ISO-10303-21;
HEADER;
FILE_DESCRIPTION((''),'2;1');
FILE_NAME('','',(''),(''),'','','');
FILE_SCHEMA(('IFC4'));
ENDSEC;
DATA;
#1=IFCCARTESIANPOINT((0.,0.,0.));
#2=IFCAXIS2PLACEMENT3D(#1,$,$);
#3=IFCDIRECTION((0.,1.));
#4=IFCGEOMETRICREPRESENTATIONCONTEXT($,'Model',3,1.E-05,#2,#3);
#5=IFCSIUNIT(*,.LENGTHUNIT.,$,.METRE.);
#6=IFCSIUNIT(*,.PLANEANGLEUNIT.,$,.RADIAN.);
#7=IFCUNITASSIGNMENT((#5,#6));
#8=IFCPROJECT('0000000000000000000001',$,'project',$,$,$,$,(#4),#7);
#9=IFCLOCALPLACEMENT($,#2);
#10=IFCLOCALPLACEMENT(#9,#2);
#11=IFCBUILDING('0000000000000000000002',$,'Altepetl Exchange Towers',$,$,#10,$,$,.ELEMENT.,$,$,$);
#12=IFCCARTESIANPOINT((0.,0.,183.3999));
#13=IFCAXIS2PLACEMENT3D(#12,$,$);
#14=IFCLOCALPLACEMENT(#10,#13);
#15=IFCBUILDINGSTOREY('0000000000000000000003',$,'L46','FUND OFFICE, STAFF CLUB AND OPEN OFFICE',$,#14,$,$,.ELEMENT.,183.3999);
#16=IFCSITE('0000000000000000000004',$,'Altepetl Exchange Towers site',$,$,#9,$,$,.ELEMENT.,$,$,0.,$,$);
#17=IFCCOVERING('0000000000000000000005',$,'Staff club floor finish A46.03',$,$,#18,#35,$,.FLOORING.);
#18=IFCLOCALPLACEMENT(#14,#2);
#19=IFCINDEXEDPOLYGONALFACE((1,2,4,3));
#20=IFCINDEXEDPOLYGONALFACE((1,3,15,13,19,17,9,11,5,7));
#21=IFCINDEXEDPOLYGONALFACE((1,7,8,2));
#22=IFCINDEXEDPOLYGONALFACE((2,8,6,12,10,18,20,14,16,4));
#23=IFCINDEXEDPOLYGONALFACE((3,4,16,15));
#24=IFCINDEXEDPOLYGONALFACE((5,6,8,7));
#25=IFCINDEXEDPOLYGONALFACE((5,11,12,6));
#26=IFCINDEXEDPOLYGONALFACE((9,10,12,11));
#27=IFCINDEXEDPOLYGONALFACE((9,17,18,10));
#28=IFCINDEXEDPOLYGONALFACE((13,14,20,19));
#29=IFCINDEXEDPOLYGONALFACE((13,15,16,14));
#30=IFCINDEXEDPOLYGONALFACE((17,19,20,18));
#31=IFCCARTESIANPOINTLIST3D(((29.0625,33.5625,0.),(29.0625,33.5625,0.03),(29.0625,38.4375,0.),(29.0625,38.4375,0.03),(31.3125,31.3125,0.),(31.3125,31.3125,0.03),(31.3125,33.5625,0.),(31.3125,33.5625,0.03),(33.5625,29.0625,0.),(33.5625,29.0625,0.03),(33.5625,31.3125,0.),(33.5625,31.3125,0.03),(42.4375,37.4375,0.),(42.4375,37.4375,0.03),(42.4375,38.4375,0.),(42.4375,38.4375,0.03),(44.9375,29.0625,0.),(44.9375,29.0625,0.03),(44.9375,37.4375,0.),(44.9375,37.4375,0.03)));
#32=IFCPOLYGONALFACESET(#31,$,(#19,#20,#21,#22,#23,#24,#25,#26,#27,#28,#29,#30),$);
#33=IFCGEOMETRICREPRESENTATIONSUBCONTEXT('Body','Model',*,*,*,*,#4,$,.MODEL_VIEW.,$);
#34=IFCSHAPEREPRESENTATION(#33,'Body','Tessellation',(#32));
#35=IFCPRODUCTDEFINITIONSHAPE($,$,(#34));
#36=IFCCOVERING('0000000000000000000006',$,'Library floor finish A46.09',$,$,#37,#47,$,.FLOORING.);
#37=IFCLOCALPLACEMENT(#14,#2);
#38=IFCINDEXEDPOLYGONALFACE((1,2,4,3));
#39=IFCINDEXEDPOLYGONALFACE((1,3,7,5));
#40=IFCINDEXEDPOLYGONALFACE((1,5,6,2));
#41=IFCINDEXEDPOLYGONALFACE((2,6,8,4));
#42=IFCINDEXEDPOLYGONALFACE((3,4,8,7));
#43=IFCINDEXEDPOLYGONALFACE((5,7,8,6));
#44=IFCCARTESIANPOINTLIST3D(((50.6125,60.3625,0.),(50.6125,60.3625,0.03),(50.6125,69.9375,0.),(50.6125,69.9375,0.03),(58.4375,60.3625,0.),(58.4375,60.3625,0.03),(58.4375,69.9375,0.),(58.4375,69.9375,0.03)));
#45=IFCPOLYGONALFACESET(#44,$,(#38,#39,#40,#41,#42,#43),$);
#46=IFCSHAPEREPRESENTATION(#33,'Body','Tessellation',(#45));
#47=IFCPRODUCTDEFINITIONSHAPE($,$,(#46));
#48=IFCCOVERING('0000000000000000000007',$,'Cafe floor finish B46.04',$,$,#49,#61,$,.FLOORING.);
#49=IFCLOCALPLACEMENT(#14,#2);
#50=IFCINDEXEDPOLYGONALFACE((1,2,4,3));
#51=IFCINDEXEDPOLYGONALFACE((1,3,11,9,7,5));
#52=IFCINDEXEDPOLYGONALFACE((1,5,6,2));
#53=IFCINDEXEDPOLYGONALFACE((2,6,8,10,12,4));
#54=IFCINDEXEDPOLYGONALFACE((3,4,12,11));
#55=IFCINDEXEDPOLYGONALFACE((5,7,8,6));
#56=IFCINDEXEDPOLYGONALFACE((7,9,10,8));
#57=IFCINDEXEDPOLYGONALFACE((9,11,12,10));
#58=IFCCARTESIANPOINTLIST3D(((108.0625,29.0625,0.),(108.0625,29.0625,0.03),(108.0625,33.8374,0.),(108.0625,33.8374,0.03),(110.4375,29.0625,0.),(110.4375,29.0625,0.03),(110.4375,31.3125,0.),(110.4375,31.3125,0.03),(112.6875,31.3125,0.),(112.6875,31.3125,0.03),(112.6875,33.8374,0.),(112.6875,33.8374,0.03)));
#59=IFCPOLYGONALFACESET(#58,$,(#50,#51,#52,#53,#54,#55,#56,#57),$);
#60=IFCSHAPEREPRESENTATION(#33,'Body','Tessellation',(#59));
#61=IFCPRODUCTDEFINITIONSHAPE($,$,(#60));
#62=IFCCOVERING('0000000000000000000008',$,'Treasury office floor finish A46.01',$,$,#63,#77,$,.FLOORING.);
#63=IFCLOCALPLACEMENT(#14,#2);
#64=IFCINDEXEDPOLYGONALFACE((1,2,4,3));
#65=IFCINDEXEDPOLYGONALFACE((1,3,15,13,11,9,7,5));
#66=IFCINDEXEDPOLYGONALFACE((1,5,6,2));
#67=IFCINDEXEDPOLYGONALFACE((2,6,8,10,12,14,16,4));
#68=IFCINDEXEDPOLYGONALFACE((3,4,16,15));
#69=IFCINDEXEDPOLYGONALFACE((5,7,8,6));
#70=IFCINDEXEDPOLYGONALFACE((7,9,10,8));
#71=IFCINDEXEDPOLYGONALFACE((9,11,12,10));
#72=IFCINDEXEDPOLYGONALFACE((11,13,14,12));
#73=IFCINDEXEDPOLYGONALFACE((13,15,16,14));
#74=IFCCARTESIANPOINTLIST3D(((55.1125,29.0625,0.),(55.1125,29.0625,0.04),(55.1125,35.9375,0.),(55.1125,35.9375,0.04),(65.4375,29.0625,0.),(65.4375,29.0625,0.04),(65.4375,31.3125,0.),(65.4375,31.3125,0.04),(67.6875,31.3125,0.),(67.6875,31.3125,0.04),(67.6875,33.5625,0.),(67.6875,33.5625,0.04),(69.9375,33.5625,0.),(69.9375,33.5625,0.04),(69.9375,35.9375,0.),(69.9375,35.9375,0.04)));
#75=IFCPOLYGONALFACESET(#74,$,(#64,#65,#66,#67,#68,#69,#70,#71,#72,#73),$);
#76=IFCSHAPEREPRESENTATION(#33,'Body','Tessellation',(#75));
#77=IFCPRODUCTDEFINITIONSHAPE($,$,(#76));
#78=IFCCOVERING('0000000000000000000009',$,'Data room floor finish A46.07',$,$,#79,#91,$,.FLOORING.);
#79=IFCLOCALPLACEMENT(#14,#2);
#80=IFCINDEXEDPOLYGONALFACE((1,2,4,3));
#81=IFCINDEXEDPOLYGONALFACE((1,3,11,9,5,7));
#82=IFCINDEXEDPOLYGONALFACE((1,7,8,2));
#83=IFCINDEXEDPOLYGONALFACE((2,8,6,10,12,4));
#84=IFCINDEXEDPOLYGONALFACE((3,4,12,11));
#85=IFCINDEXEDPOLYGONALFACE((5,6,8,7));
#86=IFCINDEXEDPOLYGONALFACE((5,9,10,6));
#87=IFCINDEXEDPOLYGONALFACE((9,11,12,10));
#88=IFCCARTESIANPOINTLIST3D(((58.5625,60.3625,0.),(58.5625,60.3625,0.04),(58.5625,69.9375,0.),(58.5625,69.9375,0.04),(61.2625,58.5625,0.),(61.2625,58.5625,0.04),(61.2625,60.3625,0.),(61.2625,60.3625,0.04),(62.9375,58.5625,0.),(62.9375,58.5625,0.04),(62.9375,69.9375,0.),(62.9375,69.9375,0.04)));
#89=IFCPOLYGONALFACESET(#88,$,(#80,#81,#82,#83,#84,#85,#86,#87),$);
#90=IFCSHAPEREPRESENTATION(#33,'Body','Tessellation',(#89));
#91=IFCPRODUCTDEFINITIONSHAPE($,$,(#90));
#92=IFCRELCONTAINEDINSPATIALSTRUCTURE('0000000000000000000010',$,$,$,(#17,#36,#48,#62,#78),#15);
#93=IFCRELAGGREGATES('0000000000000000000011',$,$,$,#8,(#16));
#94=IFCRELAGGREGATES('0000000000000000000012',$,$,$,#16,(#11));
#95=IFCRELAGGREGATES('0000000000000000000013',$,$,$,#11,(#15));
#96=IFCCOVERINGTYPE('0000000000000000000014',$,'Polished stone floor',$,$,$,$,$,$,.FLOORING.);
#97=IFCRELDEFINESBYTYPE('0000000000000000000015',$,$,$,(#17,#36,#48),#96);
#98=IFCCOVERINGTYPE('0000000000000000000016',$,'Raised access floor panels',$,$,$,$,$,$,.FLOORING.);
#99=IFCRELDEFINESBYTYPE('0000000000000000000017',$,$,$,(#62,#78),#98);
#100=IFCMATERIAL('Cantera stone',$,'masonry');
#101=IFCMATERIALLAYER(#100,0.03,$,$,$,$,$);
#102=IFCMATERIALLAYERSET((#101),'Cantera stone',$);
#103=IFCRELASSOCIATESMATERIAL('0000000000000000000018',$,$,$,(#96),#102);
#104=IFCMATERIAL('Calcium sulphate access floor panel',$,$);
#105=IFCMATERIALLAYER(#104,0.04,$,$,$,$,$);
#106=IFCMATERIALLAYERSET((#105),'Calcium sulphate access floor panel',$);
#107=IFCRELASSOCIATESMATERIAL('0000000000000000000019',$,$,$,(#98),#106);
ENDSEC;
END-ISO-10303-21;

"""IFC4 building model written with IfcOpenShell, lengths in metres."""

from ifc_helpers import new_model, si_unit, direction, frame, origin, place, context, subcontext, project, spatial, polyline, outline, extrude, material, layer, layer_set, type_object, element, save


model = new_model("IFC4")

# Units and contexts
model_context = context("Model", 3, precision=1e-05, world=origin(), true_north=direction((0.0, 1.0)))
body_context = subcontext(model_context, "Body", "Model", "MODEL_VIEW")
ifc_project = project(units=[si_unit("LENGTHUNIT", "METRE"), si_unit("PLANEANGLEUNIT", "RADIAN")], contexts=[model_context])

# Site, building, storey
site_placement = place(None, origin())
site = spatial("IfcSite", under=ifc_project, at=site_placement, Name="Altepetl Exchange Towers site", CompositionType="ELEMENT", RefElevation=0.0)
building_placement = place(site_placement, origin())
building = spatial("IfcBuilding", under=site, at=building_placement, Name="Altepetl Exchange Towers", CompositionType="ELEMENT")
storey_placement = place(building_placement, frame((0.0, 0.0, 183.3999)))
storey = spatial("IfcBuildingStorey", under=building, at=storey_placement, Name="L46", Description="FUND OFFICE, STAFF CLUB AND OPEN OFFICE", CompositionType="ELEMENT", Elevation=183.3999)

# Coverings
ifc_material_1 = material(Name="Cantera stone", Category="masonry")
ifc_layer_1 = layer(ifc_material_1, 0.03)
ifc_layer_set_1 = layer_set([ifc_layer_1], Name="Cantera stone")
covering_type_1 = type_object("IfcCoveringType", Name="Polished stone floor", PredefinedType="FLOORING", material=ifc_layer_set_1)
covering_1_placement = place(storey_placement, origin())
element("IfcCovering", 1, at=covering_1_placement, inside=storey, type_object=covering_type_1, Name="Staff club floor finish A46.03", PredefinedType="FLOORING", context=body_context, shape_type="SweptSolid", body=[
    extrude(outline(polyline([(44.9375, 37.4375), (42.4375, 37.4375), (42.4375, 38.4375), (29.0625, 38.4375), (29.0625, 33.5625), (31.3125, 33.5625), (31.3125, 31.3125), (33.5625, 31.3125), (33.5625, 29.0625), (44.9375, 29.0625), (44.9375, 37.4375)])), origin(), (0.0, 0.0, 1.0), 0.03),
])
covering_2_placement = place(storey_placement, origin())
element("IfcCovering", 2, at=covering_2_placement, inside=storey, type_object=covering_type_1, Name="Library floor finish A46.09", PredefinedType="FLOORING", context=body_context, shape_type="SweptSolid", body=[
    extrude(outline(polyline([(58.4375, 60.3625), (58.4375, 69.9375), (50.6125, 69.9375), (50.6125, 60.3625), (58.4375, 60.3625)])), origin(), (0.0, 0.0, 1.0), 0.03),
])
covering_3_placement = place(storey_placement, origin())
element("IfcCovering", 3, at=covering_3_placement, inside=storey, type_object=covering_type_1, Name="Cafe floor finish B46.04", PredefinedType="FLOORING", context=body_context, shape_type="SweptSolid", body=[
    extrude(outline(polyline([(108.0625, 33.8374), (108.0625, 29.0625), (110.4375, 29.0625), (110.4375, 31.3125), (112.6875, 31.3125), (112.6875, 33.8374), (108.0625, 33.8374)])), origin(), (0.0, 0.0, 1.0), 0.03),
])
ifc_material_2 = material(Name="Calcium sulphate access floor panel")
ifc_layer_2 = layer(ifc_material_2, 0.04)
ifc_layer_set_2 = layer_set([ifc_layer_2], Name="Calcium sulphate access floor panel")
covering_type_2 = type_object("IfcCoveringType", Name="Raised access floor panels", PredefinedType="FLOORING", material=ifc_layer_set_2)
covering_4_placement = place(storey_placement, origin())
element("IfcCovering", 4, at=covering_4_placement, inside=storey, type_object=covering_type_2, Name="Treasury office floor finish A46.01", PredefinedType="FLOORING", context=body_context, shape_type="SweptSolid", body=[
    extrude(outline(polyline([(67.6875, 31.3125), (67.6875, 33.5625), (69.9375, 33.5625), (69.9375, 35.9375), (55.1125, 35.9375), (55.1125, 29.0625), (65.4375, 29.0625), (65.4375, 31.3125), (67.6875, 31.3125)])), origin(), (0.0, 0.0, 1.0), 0.04),
])
covering_5_placement = place(storey_placement, origin())
element("IfcCovering", 5, at=covering_5_placement, inside=storey, type_object=covering_type_2, Name="Data room floor finish A46.07", PredefinedType="FLOORING", context=body_context, shape_type="SweptSolid", body=[
    extrude(outline(polyline([(61.2625, 58.5625), (62.9375, 58.5625), (62.9375, 69.9375), (58.5625, 69.9375), (58.5625, 60.3625), (61.2625, 60.3625), (61.2625, 58.5625)])), origin(), (0.0, 0.0, 1.0), 0.04),
])

save(model, "model.ifc")
